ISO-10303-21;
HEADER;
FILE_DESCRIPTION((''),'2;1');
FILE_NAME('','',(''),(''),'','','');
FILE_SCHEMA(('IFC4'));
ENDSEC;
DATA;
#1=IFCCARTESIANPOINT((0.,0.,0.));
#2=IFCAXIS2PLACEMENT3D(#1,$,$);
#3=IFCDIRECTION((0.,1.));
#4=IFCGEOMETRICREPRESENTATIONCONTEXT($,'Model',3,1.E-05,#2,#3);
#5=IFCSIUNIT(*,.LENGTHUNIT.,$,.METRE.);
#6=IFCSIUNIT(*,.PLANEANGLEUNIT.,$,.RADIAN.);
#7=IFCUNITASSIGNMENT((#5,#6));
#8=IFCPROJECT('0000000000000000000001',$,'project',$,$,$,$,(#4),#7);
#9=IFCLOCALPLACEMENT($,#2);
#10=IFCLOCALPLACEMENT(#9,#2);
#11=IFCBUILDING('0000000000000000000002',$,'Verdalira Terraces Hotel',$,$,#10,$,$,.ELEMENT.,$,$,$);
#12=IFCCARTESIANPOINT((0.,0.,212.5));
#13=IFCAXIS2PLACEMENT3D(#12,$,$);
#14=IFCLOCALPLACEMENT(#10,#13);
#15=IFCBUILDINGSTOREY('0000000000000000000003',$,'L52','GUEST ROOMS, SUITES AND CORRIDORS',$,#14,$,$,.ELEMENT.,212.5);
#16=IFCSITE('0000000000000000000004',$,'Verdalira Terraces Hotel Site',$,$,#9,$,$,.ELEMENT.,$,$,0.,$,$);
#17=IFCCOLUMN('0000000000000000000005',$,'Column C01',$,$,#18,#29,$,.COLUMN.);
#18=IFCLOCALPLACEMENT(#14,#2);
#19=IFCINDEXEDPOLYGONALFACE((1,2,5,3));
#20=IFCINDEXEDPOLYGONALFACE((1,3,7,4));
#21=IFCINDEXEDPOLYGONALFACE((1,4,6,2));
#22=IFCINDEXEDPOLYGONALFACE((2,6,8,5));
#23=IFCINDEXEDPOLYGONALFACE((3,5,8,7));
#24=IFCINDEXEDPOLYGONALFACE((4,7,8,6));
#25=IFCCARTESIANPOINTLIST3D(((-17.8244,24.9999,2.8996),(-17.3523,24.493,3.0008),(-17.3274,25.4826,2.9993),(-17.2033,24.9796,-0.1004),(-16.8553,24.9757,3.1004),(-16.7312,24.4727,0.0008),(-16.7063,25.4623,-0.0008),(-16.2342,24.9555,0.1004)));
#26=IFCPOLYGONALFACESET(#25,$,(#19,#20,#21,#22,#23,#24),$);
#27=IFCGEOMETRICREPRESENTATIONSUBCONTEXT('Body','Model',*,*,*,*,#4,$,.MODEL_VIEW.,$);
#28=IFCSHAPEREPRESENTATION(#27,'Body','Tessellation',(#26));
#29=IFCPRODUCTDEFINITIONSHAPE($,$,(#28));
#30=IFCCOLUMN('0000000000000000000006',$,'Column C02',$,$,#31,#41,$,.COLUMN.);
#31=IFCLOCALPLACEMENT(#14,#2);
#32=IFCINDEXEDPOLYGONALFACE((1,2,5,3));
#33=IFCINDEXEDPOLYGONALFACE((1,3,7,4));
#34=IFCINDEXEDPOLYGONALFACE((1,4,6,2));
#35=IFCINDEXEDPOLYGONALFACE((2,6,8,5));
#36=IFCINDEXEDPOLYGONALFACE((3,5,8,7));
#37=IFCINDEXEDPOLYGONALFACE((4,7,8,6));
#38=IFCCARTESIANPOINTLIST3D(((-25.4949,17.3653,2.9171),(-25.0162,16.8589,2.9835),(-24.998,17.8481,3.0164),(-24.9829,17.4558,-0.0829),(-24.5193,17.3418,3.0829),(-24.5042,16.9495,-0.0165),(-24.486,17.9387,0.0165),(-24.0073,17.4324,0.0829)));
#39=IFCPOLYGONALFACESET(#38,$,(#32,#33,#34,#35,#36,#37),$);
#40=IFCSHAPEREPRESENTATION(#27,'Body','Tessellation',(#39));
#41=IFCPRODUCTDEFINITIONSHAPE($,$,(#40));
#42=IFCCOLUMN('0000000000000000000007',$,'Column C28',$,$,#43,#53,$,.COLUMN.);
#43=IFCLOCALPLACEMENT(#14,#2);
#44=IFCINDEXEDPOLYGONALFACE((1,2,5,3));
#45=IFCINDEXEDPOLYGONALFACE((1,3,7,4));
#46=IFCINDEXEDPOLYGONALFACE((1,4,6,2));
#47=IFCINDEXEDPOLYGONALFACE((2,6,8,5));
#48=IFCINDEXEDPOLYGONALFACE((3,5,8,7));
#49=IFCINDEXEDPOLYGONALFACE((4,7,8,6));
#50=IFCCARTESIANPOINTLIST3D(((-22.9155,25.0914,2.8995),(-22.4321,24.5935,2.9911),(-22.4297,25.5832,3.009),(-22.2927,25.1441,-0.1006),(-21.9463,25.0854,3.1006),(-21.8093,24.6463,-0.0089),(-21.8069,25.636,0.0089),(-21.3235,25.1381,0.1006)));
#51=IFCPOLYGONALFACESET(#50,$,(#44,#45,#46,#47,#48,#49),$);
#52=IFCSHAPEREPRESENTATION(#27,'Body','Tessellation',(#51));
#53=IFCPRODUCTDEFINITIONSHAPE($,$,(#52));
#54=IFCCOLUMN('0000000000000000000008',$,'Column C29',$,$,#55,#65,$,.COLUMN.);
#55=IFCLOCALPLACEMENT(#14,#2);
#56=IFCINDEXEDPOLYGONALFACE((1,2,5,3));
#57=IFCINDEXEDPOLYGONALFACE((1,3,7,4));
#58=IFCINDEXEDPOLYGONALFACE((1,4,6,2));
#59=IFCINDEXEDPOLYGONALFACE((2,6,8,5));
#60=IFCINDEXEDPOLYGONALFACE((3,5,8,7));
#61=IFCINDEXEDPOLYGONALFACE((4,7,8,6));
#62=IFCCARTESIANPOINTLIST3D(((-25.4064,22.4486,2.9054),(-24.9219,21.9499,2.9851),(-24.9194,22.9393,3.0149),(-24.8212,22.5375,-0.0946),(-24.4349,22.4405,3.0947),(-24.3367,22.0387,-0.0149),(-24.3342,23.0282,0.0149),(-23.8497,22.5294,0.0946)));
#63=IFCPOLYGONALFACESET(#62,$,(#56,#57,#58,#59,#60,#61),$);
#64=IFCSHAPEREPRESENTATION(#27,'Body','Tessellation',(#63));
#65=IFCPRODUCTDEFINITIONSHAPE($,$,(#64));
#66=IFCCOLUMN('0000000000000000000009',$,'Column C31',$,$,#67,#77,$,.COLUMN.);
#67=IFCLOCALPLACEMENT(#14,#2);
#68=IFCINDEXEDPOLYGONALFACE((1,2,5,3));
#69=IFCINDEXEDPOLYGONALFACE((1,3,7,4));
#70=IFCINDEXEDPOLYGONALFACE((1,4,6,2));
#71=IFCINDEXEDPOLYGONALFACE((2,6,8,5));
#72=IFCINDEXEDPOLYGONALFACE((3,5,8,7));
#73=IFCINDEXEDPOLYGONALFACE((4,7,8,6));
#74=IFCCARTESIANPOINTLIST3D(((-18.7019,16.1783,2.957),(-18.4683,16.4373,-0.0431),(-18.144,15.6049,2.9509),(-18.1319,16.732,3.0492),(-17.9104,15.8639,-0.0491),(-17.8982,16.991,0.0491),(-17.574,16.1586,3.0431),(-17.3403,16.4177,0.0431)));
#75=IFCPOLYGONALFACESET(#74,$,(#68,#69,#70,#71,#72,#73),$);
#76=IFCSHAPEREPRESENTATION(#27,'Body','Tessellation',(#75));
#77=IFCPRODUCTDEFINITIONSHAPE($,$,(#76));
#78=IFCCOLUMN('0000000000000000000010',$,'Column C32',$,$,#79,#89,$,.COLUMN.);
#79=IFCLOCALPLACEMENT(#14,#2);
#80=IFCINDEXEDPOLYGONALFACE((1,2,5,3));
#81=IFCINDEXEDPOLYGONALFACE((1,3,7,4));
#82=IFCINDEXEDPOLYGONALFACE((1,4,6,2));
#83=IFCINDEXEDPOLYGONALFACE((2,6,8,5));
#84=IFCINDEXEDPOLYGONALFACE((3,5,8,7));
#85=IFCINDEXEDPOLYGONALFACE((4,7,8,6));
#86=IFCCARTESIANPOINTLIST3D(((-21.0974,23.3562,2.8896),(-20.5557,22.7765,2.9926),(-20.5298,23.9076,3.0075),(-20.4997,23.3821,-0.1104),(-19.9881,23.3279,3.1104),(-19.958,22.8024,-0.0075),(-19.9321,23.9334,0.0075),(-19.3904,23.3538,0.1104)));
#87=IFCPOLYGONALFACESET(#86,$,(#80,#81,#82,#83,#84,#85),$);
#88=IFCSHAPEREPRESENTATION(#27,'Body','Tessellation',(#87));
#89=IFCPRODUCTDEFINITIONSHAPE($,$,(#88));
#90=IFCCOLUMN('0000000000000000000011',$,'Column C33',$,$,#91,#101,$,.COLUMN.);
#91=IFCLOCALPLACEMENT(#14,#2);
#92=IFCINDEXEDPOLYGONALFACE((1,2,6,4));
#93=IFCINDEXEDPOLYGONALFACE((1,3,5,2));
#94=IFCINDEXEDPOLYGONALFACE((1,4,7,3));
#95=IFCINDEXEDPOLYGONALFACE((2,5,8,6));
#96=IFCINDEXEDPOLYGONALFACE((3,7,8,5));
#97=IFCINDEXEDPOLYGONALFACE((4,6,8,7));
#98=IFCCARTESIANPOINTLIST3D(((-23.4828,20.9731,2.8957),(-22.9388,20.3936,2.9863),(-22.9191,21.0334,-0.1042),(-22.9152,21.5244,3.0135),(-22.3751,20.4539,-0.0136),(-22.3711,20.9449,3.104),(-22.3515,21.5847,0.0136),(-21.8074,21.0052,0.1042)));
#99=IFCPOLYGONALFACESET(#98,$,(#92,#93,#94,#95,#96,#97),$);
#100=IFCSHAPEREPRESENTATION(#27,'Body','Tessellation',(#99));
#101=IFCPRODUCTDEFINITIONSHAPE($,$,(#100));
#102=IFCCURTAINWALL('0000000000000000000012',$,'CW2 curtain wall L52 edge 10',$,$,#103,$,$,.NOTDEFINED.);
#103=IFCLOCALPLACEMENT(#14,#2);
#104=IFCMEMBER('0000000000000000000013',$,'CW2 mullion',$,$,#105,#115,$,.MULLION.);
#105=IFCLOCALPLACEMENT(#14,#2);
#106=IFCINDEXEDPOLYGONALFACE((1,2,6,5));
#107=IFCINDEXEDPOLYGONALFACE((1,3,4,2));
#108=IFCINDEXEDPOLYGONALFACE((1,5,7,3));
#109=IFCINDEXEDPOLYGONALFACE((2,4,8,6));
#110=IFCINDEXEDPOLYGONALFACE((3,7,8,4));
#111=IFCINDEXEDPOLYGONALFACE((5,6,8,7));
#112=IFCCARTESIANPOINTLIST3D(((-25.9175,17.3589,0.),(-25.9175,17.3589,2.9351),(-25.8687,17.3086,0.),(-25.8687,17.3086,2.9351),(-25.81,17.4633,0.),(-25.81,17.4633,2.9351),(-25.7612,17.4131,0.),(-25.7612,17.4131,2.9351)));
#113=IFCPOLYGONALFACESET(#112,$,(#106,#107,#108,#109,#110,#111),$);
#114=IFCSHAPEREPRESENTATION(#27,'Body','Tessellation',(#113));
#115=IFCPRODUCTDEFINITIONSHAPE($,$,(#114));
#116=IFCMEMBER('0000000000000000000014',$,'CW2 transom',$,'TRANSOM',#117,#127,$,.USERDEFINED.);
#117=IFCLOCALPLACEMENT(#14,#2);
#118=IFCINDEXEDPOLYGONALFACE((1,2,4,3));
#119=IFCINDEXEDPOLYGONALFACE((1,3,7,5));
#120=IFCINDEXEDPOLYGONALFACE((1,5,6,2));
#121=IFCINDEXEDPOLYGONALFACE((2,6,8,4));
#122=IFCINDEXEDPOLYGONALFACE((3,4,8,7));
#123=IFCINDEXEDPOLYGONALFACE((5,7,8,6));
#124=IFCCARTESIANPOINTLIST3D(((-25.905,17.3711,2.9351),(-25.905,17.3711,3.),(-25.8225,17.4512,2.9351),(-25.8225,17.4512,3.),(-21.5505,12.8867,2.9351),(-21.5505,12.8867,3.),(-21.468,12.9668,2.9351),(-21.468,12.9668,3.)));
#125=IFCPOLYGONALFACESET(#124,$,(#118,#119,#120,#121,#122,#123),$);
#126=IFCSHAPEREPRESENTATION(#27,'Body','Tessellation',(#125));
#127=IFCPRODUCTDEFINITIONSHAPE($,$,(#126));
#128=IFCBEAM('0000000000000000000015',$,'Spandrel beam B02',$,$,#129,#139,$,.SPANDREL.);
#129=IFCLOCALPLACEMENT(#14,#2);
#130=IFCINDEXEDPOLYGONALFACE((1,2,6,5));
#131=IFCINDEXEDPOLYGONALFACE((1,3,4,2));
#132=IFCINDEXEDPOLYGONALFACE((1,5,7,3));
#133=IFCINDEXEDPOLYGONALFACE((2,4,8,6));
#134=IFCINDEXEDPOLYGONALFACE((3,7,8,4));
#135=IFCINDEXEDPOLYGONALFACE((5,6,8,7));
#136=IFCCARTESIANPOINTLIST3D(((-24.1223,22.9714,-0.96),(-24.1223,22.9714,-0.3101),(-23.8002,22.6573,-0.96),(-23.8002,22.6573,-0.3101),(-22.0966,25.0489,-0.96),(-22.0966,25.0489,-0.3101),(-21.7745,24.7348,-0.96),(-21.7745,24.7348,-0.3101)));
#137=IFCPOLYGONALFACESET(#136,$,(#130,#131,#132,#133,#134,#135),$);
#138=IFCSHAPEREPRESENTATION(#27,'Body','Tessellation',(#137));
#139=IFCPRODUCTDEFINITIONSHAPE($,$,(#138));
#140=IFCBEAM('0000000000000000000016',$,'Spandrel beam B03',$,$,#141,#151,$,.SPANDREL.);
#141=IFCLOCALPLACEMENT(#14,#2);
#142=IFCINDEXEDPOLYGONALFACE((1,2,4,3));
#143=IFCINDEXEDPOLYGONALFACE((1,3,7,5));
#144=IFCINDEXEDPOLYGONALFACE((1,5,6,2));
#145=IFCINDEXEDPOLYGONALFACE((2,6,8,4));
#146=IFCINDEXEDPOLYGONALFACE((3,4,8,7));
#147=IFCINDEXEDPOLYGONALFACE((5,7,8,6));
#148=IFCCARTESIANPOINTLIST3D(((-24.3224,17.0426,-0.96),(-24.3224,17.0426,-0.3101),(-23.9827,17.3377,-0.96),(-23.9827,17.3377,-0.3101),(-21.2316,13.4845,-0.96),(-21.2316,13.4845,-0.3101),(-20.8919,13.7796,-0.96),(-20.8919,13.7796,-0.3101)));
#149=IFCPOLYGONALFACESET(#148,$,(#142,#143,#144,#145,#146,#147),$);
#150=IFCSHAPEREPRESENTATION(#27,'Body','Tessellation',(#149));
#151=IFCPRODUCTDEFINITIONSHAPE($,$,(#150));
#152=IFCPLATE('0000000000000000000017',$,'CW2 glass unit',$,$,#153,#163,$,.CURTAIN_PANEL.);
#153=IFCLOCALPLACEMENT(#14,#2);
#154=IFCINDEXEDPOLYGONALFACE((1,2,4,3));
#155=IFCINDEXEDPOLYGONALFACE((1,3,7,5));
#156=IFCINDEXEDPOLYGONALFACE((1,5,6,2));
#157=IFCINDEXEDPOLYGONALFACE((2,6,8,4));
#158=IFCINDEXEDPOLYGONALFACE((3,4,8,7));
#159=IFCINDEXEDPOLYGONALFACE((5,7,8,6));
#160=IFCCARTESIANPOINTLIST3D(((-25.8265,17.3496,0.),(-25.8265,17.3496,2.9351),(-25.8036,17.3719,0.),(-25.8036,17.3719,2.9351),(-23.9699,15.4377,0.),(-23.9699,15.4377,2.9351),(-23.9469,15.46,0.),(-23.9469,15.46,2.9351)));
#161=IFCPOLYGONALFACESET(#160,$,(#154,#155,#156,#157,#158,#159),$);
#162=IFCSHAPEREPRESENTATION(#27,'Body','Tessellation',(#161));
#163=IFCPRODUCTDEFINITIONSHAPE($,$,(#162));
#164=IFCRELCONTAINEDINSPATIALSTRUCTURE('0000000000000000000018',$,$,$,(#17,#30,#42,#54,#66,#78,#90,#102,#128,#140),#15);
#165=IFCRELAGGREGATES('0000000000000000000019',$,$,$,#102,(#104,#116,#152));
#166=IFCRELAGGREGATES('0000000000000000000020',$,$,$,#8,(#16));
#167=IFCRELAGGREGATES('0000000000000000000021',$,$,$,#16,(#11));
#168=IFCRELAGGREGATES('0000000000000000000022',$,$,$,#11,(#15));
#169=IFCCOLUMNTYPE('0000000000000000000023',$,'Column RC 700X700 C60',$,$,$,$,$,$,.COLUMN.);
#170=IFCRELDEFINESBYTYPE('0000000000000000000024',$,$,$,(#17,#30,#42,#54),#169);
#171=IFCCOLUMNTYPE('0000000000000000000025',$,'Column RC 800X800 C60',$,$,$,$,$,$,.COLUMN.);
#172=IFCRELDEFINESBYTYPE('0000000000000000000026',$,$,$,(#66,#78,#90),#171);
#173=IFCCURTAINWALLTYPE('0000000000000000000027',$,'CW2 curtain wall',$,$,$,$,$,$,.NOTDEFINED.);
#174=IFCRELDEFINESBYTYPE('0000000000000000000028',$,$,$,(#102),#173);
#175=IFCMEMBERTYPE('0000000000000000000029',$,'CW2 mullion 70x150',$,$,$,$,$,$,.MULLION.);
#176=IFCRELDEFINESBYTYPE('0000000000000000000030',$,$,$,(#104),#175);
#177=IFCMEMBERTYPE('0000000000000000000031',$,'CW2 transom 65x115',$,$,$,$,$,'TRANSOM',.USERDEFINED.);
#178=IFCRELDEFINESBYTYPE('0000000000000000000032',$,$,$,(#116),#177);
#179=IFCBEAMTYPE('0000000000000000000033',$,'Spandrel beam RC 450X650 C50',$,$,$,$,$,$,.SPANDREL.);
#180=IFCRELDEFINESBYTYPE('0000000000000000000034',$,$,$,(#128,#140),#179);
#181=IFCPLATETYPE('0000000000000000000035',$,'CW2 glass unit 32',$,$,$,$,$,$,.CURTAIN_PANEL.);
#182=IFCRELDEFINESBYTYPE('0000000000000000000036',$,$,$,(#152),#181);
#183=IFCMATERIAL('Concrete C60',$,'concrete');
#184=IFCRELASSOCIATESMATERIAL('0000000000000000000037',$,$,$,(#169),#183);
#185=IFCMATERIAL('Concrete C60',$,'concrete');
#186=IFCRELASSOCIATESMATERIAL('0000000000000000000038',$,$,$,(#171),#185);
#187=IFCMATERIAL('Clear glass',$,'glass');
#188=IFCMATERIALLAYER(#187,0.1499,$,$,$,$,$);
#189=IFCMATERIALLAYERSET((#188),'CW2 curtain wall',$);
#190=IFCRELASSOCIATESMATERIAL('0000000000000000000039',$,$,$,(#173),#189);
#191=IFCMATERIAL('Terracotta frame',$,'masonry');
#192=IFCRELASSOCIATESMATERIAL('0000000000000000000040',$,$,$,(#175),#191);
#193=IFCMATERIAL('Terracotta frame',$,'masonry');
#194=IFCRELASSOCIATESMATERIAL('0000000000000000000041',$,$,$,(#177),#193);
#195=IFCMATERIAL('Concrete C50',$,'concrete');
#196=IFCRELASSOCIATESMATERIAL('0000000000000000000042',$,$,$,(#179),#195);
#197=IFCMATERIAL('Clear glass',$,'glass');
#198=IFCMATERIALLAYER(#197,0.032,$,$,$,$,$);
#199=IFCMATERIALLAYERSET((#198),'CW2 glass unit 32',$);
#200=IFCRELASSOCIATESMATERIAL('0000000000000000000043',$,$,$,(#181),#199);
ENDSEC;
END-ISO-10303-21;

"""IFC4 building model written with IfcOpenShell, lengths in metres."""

from ifc_helpers import new_model, si_unit, direction, frame, origin, origin_2d, place, context, subcontext, project, spatial, rectangle, extrude, material, layer, layer_set, material_profile, profile_set, type_object, element, aggregate, save


model = new_model("IFC4")

# Units and contexts
model_context = context("Model", 3, precision=1e-05, world=origin(), true_north=direction((0.0, 1.0)))
body_context = subcontext(model_context, "Body", "Model", "MODEL_VIEW")
ifc_project = project(units=[si_unit("LENGTHUNIT", "METRE"), si_unit("PLANEANGLEUNIT", "RADIAN")], contexts=[model_context])

# Site, building, storey
site_placement = place(None, origin())
site = spatial("IfcSite", under=ifc_project, at=site_placement, Name="Verdalira Terraces Hotel Site", CompositionType="ELEMENT", RefElevation=0.0)
building_placement = place(site_placement, origin())
building = spatial("IfcBuilding", under=site, at=building_placement, Name="Verdalira Terraces Hotel", CompositionType="ELEMENT")
storey_placement = place(building_placement, frame((0.0, 0.0, 212.5)))
storey = spatial("IfcBuildingStorey", under=building, at=storey_placement, Name="L52", Description="GUEST ROOMS, SUITES AND CORRIDORS", CompositionType="ELEMENT", Elevation=212.5)

# Columns
ifc_material_1 = material(Name="Concrete C60", Category="concrete")
ifc_material_profile_1 = material_profile(ifc_material_1, rectangle(XDim=0.7, YDim=0.7, at=origin_2d()), Name="RC 700X700")
ifc_profile_set_1 = profile_set([ifc_material_profile_1], Name="Concrete C60")
column_type_1 = type_object("IfcColumnType", Name="Column RC 700X700 C60", PredefinedType="COLUMN", material=ifc_profile_set_1)
column_1_placement = place(storey_placement, frame((-16.7188, 24.9675, 0.0), z_axis=(-0.202728, 0.006614, 0.979213), x_axis=(-0.674373, 0.724112, -0.144507)))
element("IfcColumn", 1, at=column_1_placement, inside=storey, type_object=column_type_1, Name="Column C01", PredefinedType="COLUMN", context=body_context, shape_type="SweptSolid", body=[
    extrude(rectangle(XDim=0.7, YDim=0.7, at=origin_2d()), origin(), (0.0, 0.0, 1.0), 3.0637),
])
column_2_placement = place(storey_placement, frame((-24.4951, 17.4441, 0.0), z_axis=(-0.168148, -0.029749, 0.985313), x_axis=(0.683921, -0.72336, 0.094874)))
element("IfcColumn", 2, at=column_2_placement, inside=storey, type_object=column_type_1, Name="Column C02", PredefinedType="COLUMN", context=body_context, shape_type="SweptSolid", body=[
    extrude(rectangle(XDim=0.7, YDim=0.7, at=origin_2d()), origin(), (0.0, 0.0, 1.0), 3.0447),
])
column_3_placement = place(storey_placement, frame((-21.8081, 25.1411, 0.0), z_axis=(-0.203237, -0.017209, 0.978978), x_axis=(-0.694047, -0.702728, -0.156437)))
element("IfcColumn", 3, at=column_3_placement, inside=storey, type_object=column_type_1, Name="Column C28", PredefinedType="COLUMN", context=body_context, shape_type="SweptSolid", body=[
    extrude(rectangle(XDim=0.7, YDim=0.7, at=origin_2d()), origin(), (0.0, 0.0, 1.0), 3.0645),
])
column_4_placement = place(storey_placement, frame((-24.3354, 22.5334, 0.0), z_axis=(-0.191379, -0.029062, 0.981086), x_axis=(-0.695808, -0.700971, -0.156495)))
element("IfcColumn", 4, at=column_4_placement, inside=storey, type_object=column_type_1, Name="Column C29", PredefinedType="COLUMN", context=body_context, shape_type="SweptSolid", body=[
    extrude(rectangle(XDim=0.7, YDim=0.7, at=origin_2d()), origin(), (0.0, 0.0, 1.0), 3.0579),
])
ifc_material_2 = material(Name="Concrete C60", Category="concrete")
ifc_material_profile_2 = material_profile(ifc_material_2, rectangle(XDim=0.8, YDim=0.8, at=origin_2d()), Name="RC 800X800")
ifc_profile_set_2 = profile_set([ifc_material_profile_2], Name="Concrete C60")
column_type_2 = type_object("IfcColumnType", Name="Column RC 800X800 C60", PredefinedType="COLUMN", material=ifc_profile_set_2)
column_5_placement = place(storey_placement, frame((-17.9043, 16.4275, 0.0), z_axis=(-0.07736, -0.085767, 0.993307), x_axis=(-0.697365, 0.716676, 0.00757)))
element("IfcColumn", 5, at=column_5_placement, inside=storey, type_object=column_type_2, Name="Column C31", PredefinedType="COLUMN", context=body_context, shape_type="SweptSolid", body=[
    extrude(rectangle(XDim=0.8, YDim=0.8, at=origin_2d()), origin(), (0.0, 0.0, 1.0), 3.0203),
])
column_6_placement = place(storey_placement, frame((-19.9451, 23.3679, 0.0), z_axis=(-0.195372, -0.00846, 0.980693), x_axis=(-0.677094, 0.724566, -0.128639)))
element("IfcColumn", 6, at=column_6_placement, inside=storey, type_object=column_type_2, Name="Column C32", PredefinedType="COLUMN", context=body_context, shape_type="SweptSolid", body=[
    extrude(rectangle(XDim=0.8, YDim=0.8, at=origin_2d()), origin(), (0.0, 0.0, 1.0), 3.0591),
])
column_7_placement = place(storey_placement, frame((-22.3633, 21.0193, 0.0), z_axis=(-0.184639, -0.019751, 0.982608), x_axis=(-0.680058, 0.724362, -0.113227)))
element("IfcColumn", 7, at=column_7_placement, inside=storey, type_object=column_type_2, Name="Column C33", PredefinedType="COLUMN", context=body_context, shape_type="SweptSolid", body=[
    extrude(rectangle(XDim=0.8, YDim=0.8, at=origin_2d()), origin(), (0.0, 0.0, 1.0), 3.053),
])

# Curtain wall, members
ifc_material_3 = material(Name="Clear glass", Category="glass")
ifc_layer_1 = layer(ifc_material_3, 0.1499)
ifc_layer_set_1 = layer_set([ifc_layer_1], Name="CW2 curtain wall")
curtain_wall_type = type_object("IfcCurtainWallType", Name="CW2 curtain wall", PredefinedType="NOTDEFINED", material=ifc_layer_set_1)
curtain_wall_placement = place(storey_placement, origin())
curtain_wall = element("IfcCurtainWall", 8, at=curtain_wall_placement, inside=storey, type_object=curtain_wall_type, Name="CW2 curtain wall L52 edge 10", PredefinedType="NOTDEFINED")
ifc_material_4 = material(Name="Terracotta frame", Category="masonry")
ifc_material_profile_3 = material_profile(ifc_material_4, rectangle(XDim=0.0701, YDim=0.1499, at=origin_2d()), Name="MU 70x150")
ifc_profile_set_3 = profile_set([ifc_material_profile_3], Name="Terracotta frame")
member_type_1 = type_object("IfcMemberType", Name="CW2 mullion 70x150", PredefinedType="MULLION", material=ifc_profile_set_3)
member_1_placement = place(storey_placement, frame((-25.8394, 17.386, 0.0), z_axis=(0.0, 0.0, 1.0), x_axis=(0.696664, -0.717397, 0.0)))
member_1 = element("IfcMember", 9, at=member_1_placement, type_object=member_type_1, Name="CW2 mullion", PredefinedType="MULLION", context=body_context, shape_type="SweptSolid", body=[
    extrude(rectangle(XDim=0.0701, YDim=0.1499, at=origin_2d()), origin(), (0.0, 0.0, 1.0), 2.9351),
])
ifc_material_5 = material(Name="Terracotta frame", Category="masonry")
ifc_material_profile_4 = material_profile(ifc_material_5, rectangle(XDim=0.115, YDim=0.0649, at=origin_2d()), Name="TR 65x115")
ifc_profile_set_4 = profile_set([ifc_material_profile_4], Name="Terracotta frame")
member_type_2 = type_object("IfcMemberType", Name="CW2 transom 65x115", ElementType="TRANSOM", PredefinedType="USERDEFINED", material=ifc_profile_set_4)
member_2_placement = place(storey_placement, frame((-25.8638, 17.4111, 2.9675), z_axis=(0.696641, -0.71742, 0.0), x_axis=(0.71742, 0.696641, 0.0)))
member_2 = element("IfcMember", 10, at=member_2_placement, type_object=member_type_2, Name="CW2 transom", ObjectType="TRANSOM", PredefinedType="USERDEFINED", context=body_context, shape_type="SweptSolid", body=[
    extrude(rectangle(XDim=0.115, YDim=0.0649, at=origin_2d()), origin(), (0.0, 0.0, 1.0), 6.2507),
])

# Beams
ifc_material_6 = material(Name="Concrete C50", Category="concrete")
ifc_material_profile_5 = material_profile(ifc_material_6, rectangle(XDim=0.45, YDim=0.6499, at=origin_2d()), Name="RC 450X650")
ifc_profile_set_5 = profile_set([ifc_material_profile_5], Name="Concrete C50")
beam_type = type_object("IfcBeamType", Name="Spandrel beam RC 450X650 C50", PredefinedType="SPANDREL", material=ifc_profile_set_5)
beam_1_placement = place(storey_placement, frame((-21.9355, 24.8918, -0.635), z_axis=(-0.698131, -0.71597, 0.0), x_axis=(0.71597, -0.698131, 0.0)))
element("IfcBeam", 11, at=beam_1_placement, inside=storey, type_object=beam_type, Name="Spandrel beam B02", PredefinedType="SPANDREL", context=body_context, shape_type="SweptSolid", body=[
    extrude(rectangle(XDim=0.45, YDim=0.6499, at=origin_2d()), origin(), (0.0, 0.0, 1.0), 2.9016),
])
beam_2_placement = place(storey_placement, frame((-24.1526, 17.1902, -0.635), z_axis=(0.655794, -0.75494, 0.0), x_axis=(0.75494, 0.655794, 0.0)))
element("IfcBeam", 12, at=beam_2_placement, inside=storey, type_object=beam_type, Name="Spandrel beam B03", PredefinedType="SPANDREL", context=body_context, shape_type="SweptSolid", body=[
    extrude(rectangle(XDim=0.45, YDim=0.6499, at=origin_2d()), origin(), (0.0, 0.0, 1.0), 4.7131),
])

# Plate
ifc_material_7 = material(Name="Clear glass", Category="glass")
ifc_layer_2 = layer(ifc_material_7, 0.032)
ifc_layer_set_2 = layer_set([ifc_layer_2], Name="CW2 glass unit 32")
plate_type = type_object("IfcPlateType", Name="CW2 glass unit 32", PredefinedType="CURTAIN_PANEL", material=ifc_layer_set_2)
plate_placement = place(storey_placement, frame((-24.8867, 16.4048, 0.0), z_axis=(0.0, 0.0, 1.0), x_axis=(0.696664, -0.717397, 0.0)))
plate = element("IfcPlate", 13, at=plate_placement, type_object=plate_type, Name="CW2 glass unit", PredefinedType="CURTAIN_PANEL", context=body_context, shape_type="SweptSolid", body=[
    extrude(rectangle(XDim=2.665, YDim=0.032, at=origin_2d()), origin(), (0.0, 0.0, 1.0), 2.9351),
])
aggregate(curtain_wall, [member_1, member_2, plate])

save(model, "model.ifc")
